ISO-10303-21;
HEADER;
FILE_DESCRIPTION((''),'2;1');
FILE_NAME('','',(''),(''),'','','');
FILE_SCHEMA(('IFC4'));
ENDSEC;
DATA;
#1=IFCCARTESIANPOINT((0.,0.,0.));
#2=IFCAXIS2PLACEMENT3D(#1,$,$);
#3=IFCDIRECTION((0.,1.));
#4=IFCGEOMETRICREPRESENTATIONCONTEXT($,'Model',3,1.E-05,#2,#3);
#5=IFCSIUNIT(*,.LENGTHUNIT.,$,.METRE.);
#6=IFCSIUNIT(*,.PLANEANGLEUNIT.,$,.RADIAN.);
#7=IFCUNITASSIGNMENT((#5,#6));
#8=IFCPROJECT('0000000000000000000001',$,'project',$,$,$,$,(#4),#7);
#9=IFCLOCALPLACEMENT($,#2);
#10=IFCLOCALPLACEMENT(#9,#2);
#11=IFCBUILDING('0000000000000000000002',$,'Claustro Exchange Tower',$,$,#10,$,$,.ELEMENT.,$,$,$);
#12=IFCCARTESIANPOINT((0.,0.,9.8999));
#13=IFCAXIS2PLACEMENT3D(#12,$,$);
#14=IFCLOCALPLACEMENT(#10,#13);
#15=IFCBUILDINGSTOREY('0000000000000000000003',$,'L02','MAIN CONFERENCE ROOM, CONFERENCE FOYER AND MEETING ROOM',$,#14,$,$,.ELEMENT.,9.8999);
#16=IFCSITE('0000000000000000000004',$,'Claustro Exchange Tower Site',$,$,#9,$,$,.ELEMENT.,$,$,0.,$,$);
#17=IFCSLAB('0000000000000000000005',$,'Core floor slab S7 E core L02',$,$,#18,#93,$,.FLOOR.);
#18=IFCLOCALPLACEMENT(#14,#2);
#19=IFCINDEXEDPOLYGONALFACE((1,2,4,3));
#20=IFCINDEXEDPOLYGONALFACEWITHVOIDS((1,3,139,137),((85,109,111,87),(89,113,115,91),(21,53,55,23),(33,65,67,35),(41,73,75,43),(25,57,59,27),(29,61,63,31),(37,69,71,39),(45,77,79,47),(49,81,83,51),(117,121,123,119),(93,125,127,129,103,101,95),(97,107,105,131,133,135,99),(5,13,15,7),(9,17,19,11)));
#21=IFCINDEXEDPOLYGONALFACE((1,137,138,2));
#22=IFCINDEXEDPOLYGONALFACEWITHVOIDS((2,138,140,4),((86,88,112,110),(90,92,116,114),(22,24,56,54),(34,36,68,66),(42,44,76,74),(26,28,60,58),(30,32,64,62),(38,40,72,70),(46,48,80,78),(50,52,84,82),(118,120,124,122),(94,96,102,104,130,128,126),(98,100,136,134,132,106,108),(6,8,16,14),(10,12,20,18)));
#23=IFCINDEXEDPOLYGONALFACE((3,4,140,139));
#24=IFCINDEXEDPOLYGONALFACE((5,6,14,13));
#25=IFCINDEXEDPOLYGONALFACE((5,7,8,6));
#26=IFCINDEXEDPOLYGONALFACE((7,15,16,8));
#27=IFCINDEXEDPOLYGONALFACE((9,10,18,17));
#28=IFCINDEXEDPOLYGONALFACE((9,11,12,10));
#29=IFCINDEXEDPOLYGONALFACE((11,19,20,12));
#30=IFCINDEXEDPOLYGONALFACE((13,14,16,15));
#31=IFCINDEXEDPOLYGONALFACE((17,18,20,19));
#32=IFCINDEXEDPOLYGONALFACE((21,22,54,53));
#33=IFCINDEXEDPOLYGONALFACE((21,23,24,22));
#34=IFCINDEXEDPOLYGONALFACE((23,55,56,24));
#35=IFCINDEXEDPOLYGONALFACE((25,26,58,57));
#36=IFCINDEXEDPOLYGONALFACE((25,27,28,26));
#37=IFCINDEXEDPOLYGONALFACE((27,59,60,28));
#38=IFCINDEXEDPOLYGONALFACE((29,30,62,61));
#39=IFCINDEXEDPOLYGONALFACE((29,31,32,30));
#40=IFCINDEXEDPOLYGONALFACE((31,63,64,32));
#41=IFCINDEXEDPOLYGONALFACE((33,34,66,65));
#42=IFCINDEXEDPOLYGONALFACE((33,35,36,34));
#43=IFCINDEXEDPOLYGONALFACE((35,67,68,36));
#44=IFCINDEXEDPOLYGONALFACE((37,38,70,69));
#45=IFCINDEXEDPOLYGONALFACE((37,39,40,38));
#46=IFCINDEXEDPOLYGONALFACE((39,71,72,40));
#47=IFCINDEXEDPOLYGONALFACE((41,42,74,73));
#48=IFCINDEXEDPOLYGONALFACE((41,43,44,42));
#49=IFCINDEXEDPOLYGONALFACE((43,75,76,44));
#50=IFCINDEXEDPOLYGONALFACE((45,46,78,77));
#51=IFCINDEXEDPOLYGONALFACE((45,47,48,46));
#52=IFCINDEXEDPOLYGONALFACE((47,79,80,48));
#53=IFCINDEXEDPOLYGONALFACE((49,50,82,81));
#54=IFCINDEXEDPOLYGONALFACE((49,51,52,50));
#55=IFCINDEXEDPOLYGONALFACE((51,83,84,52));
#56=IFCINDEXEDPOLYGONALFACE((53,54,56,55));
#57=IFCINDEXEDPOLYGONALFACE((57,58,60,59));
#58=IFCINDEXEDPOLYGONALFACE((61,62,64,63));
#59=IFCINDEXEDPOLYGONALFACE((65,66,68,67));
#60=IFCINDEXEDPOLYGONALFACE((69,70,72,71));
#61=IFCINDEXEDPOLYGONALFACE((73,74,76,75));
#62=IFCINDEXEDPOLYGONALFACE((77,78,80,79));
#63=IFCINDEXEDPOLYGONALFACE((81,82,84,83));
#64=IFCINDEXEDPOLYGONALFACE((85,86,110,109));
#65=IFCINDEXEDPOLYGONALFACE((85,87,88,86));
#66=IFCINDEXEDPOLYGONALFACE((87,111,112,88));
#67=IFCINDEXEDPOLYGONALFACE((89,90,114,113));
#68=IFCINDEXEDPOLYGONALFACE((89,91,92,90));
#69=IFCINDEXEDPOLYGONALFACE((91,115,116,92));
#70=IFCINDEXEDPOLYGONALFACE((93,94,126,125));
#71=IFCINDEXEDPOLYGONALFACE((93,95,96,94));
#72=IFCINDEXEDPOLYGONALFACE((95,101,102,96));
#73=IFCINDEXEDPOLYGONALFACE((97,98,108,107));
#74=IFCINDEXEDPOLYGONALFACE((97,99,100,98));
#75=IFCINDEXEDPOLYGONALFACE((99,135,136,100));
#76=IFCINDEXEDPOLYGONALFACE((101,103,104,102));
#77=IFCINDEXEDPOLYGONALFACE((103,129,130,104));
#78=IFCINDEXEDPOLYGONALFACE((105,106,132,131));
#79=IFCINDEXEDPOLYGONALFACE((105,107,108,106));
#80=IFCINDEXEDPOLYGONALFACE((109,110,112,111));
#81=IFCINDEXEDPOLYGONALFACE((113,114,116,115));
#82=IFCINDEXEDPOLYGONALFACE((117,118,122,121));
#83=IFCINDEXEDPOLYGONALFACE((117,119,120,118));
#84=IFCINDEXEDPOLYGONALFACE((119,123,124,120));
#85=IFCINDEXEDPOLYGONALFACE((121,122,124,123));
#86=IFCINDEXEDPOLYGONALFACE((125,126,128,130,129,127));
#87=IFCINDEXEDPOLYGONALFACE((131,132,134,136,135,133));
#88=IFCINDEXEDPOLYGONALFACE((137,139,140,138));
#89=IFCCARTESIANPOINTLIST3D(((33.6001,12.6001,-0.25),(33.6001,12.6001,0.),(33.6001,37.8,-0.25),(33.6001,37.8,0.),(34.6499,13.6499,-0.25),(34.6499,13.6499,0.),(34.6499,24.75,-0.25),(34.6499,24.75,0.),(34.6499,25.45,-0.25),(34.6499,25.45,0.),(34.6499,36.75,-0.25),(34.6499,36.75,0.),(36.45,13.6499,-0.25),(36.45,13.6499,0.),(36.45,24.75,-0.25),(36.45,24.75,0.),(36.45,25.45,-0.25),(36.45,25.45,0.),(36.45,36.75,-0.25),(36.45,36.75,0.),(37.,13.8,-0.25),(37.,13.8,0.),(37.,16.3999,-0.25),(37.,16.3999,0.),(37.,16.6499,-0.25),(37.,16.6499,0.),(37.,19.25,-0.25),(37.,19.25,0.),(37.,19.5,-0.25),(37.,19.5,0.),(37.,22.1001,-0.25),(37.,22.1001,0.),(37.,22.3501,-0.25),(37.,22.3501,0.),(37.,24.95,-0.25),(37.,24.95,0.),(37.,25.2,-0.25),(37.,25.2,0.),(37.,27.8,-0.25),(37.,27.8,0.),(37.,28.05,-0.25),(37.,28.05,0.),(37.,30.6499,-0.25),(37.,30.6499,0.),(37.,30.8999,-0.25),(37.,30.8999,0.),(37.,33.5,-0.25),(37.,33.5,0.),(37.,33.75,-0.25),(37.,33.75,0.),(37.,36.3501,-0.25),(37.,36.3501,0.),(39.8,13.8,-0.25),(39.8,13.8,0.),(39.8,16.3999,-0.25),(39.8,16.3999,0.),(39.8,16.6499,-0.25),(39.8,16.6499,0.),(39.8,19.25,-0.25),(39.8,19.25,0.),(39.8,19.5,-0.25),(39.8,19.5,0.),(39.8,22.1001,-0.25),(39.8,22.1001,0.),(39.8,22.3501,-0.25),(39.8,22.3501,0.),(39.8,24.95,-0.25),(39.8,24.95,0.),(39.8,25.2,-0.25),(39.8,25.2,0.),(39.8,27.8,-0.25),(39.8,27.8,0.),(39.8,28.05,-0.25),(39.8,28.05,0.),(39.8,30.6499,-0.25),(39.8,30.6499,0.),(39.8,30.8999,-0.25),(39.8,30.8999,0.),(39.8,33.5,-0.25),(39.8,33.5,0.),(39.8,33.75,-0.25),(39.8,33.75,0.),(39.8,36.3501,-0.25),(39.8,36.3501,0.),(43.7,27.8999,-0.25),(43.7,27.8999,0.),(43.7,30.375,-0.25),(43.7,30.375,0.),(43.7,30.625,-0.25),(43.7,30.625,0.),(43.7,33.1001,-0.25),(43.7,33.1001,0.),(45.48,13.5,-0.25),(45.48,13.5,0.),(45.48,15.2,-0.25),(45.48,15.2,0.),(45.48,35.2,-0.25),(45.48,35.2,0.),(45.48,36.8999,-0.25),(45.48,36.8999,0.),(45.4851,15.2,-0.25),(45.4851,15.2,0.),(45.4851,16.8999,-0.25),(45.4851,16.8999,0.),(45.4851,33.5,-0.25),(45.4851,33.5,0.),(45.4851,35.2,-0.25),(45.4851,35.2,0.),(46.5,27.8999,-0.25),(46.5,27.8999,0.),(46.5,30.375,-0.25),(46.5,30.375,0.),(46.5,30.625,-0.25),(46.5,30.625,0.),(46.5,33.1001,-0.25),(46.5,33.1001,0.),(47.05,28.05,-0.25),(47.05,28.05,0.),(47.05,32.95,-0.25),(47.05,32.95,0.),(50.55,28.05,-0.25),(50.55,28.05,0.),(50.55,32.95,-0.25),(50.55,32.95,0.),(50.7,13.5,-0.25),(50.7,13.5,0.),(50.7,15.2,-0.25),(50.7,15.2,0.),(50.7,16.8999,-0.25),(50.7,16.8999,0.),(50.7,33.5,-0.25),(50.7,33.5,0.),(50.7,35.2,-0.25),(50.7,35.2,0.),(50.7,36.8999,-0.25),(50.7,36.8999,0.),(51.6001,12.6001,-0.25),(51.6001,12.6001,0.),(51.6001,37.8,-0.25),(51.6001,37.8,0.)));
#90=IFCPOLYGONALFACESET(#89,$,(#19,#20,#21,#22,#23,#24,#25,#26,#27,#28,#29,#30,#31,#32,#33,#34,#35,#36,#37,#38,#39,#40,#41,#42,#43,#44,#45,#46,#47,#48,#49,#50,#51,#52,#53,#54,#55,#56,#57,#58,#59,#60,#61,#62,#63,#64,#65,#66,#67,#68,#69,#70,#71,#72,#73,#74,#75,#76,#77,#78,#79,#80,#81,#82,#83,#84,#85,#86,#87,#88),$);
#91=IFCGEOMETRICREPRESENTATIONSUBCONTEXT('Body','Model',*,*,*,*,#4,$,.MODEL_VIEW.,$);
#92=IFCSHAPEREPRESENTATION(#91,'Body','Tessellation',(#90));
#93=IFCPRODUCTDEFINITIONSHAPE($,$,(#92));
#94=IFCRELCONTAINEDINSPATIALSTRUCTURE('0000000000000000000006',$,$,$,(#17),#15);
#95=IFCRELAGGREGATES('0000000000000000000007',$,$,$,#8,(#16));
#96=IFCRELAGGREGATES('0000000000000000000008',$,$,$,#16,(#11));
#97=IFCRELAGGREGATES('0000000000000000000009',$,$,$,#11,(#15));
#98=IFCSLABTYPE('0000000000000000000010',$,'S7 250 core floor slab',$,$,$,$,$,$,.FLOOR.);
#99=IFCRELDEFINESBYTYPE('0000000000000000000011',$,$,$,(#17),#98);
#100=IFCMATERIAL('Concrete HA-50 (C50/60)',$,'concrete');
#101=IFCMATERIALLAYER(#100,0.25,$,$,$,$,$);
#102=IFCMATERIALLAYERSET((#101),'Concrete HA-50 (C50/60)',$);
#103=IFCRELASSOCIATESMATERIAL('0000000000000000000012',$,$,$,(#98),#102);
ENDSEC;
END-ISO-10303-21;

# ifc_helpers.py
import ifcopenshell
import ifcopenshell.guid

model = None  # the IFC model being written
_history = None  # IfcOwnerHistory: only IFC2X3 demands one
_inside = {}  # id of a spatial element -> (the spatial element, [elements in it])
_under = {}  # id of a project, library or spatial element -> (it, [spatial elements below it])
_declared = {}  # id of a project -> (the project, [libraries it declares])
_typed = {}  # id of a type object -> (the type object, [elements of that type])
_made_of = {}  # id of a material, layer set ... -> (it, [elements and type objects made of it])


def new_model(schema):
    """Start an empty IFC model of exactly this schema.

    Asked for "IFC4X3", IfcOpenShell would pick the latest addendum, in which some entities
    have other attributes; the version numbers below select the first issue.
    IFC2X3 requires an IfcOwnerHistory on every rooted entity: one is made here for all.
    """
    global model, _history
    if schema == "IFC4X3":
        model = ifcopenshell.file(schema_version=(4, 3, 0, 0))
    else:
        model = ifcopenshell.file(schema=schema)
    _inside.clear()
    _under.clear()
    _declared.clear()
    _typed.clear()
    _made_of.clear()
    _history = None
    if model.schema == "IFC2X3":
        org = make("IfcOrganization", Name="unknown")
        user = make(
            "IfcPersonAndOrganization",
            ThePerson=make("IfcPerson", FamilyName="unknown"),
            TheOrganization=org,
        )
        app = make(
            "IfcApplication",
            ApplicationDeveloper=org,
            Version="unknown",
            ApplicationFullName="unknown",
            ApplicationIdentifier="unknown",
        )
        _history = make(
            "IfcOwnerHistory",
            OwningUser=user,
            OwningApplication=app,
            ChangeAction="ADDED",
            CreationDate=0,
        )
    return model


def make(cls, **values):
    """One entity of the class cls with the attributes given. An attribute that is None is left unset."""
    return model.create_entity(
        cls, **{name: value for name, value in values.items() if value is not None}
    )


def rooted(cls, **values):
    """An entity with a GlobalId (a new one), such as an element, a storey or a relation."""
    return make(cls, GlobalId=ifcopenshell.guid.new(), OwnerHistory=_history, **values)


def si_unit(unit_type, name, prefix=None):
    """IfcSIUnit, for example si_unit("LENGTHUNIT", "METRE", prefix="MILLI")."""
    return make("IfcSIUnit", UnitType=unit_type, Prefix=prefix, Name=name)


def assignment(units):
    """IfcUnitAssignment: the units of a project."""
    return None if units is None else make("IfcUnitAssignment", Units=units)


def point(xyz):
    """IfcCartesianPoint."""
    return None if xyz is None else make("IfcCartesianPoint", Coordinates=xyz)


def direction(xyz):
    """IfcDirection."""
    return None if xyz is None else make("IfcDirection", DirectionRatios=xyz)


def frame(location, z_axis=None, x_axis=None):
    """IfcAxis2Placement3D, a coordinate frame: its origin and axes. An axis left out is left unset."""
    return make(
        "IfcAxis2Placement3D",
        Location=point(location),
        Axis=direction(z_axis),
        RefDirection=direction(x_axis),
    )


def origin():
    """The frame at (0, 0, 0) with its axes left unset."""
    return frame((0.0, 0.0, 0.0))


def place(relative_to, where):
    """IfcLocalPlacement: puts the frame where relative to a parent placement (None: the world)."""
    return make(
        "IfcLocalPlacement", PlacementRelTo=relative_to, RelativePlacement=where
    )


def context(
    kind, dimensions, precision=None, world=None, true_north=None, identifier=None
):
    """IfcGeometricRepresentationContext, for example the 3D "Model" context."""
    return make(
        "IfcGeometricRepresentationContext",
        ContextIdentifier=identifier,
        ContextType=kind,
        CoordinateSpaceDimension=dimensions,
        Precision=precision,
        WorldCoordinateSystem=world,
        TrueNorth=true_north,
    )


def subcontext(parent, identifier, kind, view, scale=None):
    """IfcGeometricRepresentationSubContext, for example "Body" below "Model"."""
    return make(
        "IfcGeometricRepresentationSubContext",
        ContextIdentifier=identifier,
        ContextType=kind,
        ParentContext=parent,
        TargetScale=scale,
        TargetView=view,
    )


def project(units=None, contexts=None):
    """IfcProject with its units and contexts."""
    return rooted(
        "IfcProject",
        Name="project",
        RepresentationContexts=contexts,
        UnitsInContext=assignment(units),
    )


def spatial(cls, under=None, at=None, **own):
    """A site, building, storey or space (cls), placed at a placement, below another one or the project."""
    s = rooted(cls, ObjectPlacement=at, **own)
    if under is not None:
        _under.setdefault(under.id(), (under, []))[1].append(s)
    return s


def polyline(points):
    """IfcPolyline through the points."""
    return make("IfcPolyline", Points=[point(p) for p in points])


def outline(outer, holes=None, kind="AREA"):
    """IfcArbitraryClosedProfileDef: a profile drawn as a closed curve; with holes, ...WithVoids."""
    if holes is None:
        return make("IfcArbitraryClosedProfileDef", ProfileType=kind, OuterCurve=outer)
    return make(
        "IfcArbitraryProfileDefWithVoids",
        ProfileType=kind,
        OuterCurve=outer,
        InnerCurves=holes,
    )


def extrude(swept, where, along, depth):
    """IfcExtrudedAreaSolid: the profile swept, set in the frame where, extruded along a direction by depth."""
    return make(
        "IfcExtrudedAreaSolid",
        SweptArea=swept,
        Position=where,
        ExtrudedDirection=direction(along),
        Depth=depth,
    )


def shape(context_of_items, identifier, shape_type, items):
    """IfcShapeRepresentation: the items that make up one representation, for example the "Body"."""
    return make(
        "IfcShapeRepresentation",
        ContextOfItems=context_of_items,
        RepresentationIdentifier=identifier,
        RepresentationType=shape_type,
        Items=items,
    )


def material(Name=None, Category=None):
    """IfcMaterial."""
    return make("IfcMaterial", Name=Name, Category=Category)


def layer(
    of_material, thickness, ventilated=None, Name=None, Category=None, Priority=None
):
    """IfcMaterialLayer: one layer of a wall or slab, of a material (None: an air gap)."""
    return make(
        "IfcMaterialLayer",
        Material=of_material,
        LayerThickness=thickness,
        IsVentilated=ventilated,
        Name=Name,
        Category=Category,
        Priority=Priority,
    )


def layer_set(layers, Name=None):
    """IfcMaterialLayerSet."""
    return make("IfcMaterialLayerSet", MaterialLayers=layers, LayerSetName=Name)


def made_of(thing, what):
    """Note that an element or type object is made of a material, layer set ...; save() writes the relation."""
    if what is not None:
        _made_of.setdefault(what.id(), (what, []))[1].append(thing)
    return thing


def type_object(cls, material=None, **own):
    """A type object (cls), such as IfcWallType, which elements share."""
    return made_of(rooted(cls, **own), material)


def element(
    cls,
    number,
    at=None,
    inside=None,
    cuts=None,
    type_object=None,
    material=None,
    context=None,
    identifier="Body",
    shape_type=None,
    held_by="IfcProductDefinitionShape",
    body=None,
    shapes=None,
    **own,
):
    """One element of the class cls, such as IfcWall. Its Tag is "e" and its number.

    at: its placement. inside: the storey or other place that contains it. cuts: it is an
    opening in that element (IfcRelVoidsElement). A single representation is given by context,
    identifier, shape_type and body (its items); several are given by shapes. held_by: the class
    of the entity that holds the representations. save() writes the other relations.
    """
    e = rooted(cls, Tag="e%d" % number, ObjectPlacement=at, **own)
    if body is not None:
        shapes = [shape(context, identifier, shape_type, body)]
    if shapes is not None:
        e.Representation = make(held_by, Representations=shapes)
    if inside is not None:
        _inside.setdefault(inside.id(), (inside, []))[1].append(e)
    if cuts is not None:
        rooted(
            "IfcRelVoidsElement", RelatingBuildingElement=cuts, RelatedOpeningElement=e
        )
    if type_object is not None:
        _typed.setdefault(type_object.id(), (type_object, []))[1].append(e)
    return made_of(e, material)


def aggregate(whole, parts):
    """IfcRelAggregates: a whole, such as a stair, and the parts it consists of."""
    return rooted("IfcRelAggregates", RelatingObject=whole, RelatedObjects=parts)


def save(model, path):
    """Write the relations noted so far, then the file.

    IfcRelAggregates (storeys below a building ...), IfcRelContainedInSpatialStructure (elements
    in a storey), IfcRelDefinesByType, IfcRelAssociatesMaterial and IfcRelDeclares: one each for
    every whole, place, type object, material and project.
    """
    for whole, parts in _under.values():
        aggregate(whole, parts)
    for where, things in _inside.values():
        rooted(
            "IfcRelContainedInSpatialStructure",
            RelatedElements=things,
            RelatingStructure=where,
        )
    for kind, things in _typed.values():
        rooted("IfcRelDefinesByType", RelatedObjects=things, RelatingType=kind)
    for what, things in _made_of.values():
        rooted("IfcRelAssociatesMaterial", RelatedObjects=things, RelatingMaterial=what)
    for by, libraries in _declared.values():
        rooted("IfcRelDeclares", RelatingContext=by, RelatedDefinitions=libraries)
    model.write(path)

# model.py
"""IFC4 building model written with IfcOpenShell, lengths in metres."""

from ifc_helpers import new_model, si_unit, direction, frame, origin, place, context, subcontext, project, spatial, polyline, outline, extrude, material, layer, layer_set, type_object, element, save


model = new_model("IFC4")

# Units and contexts
model_context = context("Model", 3, precision=1e-05, world=origin(), true_north=direction((0.0, 1.0)))
body_context = subcontext(model_context, "Body", "Model", "MODEL_VIEW")
ifc_project = project(units=[si_unit("LENGTHUNIT", "METRE"), si_unit("PLANEANGLEUNIT", "RADIAN")], contexts=[model_context])

# Site, building, storey
site_placement = place(None, origin())
site = spatial("IfcSite", under=ifc_project, at=site_placement, Name="Claustro Exchange Tower Site", CompositionType="ELEMENT", RefElevation=0.0)
building_placement = place(site_placement, origin())
building = spatial("IfcBuilding", under=site, at=building_placement, Name="Claustro Exchange Tower", CompositionType="ELEMENT")
storey_placement = place(building_placement, frame((0.0, 0.0, 9.8999)))
storey = spatial("IfcBuildingStorey", under=building, at=storey_placement, Name="L02", Description="MAIN CONFERENCE ROOM, CONFERENCE FOYER AND MEETING ROOM", CompositionType="ELEMENT", Elevation=9.8999)

# Slab
ifc_material_1 = material(Name="Concrete HA-50 (C50/60)", Category="concrete")
ifc_layer_1 = layer(ifc_material_1, 0.25)
ifc_layer_set_1 = layer_set([ifc_layer_1], Name="Concrete HA-50 (C50/60)")
slab_type_1 = type_object("IfcSlabType", Name="S7 250 core floor slab", PredefinedType="FLOOR", material=ifc_layer_set_1)
slab_1_placement = place(storey_placement, frame((0.0, 0.0, -0.25)))
element("IfcSlab", 1, at=slab_1_placement, inside=storey, type_object=slab_type_1, Name="Core floor slab S7 E core L02", PredefinedType="FLOOR", context=body_context, shape_type="SweptSolid", body=[
    extrude(outline(polyline([(33.6001, 12.6001), (51.6001, 12.6001), (51.6001, 37.8), (33.6001, 37.8), (33.6001, 12.6001)]), holes=[polyline([(45.48, 35.2), (45.48, 36.8999), (50.7, 36.8999), (50.7, 35.2), (50.7, 33.5), (45.4851, 33.5), (45.4851, 35.2), (45.48, 35.2)]), polyline([(45.4851, 15.2), (45.4851, 16.8999), (50.7, 16.8999), (50.7, 15.2), (50.7, 13.5), (45.48, 13.5), (45.48, 15.2), (45.4851, 15.2)]), polyline([(50.55, 32.95), (50.55, 28.05), (47.05, 28.05), (47.05, 32.95), (50.55, 32.95)]), polyline([(46.5, 30.375), (46.5, 27.8999), (43.7, 27.8999), (43.7, 30.375), (46.5, 30.375)]), polyline([(46.5, 33.1001), (46.5, 30.625), (43.7, 30.625), (43.7, 33.1001), (46.5, 33.1001)]), polyline([(37.0, 16.3999), (39.8, 16.3999), (39.8, 13.8), (37.0, 13.8), (37.0, 16.3999)]), polyline([(39.8, 19.25), (39.8, 16.6499), (37.0, 16.6499), (37.0, 19.25), (39.8, 19.25)]), polyline([(39.8, 22.1001), (39.8, 19.5), (37.0, 19.5), (37.0, 22.1001), (39.8, 22.1001)]), polyline([(39.8, 24.95), (39.8, 22.3501), (37.0, 22.3501), (37.0, 24.95), (39.8, 24.95)]), polyline([(39.8, 27.8), (39.8, 25.2), (37.0, 25.2), (37.0, 27.8), (39.8, 27.8)]), polyline([(39.8, 30.6499), (39.8, 28.05), (37.0, 28.05), (37.0, 30.6499), (39.8, 30.6499)]), polyline([(39.8, 33.5), (39.8, 30.8999), (37.0, 30.8999), (37.0, 33.5), (39.8, 33.5)]), polyline([(39.8, 36.3501), (39.8, 33.75), (37.0, 33.75), (37.0, 36.3501), (39.8, 36.3501)]), polyline([(36.45, 24.75), (36.45, 13.6499), (34.6499, 13.6499), (34.6499, 24.75), (36.45, 24.75)]), polyline([(36.45, 36.75), (36.45, 25.45), (34.6499, 25.45), (34.6499, 36.75), (36.45, 36.75)])]), origin(), (0.0, 0.0, 1.0), 0.25),
])

save(model, "model.ifc")
